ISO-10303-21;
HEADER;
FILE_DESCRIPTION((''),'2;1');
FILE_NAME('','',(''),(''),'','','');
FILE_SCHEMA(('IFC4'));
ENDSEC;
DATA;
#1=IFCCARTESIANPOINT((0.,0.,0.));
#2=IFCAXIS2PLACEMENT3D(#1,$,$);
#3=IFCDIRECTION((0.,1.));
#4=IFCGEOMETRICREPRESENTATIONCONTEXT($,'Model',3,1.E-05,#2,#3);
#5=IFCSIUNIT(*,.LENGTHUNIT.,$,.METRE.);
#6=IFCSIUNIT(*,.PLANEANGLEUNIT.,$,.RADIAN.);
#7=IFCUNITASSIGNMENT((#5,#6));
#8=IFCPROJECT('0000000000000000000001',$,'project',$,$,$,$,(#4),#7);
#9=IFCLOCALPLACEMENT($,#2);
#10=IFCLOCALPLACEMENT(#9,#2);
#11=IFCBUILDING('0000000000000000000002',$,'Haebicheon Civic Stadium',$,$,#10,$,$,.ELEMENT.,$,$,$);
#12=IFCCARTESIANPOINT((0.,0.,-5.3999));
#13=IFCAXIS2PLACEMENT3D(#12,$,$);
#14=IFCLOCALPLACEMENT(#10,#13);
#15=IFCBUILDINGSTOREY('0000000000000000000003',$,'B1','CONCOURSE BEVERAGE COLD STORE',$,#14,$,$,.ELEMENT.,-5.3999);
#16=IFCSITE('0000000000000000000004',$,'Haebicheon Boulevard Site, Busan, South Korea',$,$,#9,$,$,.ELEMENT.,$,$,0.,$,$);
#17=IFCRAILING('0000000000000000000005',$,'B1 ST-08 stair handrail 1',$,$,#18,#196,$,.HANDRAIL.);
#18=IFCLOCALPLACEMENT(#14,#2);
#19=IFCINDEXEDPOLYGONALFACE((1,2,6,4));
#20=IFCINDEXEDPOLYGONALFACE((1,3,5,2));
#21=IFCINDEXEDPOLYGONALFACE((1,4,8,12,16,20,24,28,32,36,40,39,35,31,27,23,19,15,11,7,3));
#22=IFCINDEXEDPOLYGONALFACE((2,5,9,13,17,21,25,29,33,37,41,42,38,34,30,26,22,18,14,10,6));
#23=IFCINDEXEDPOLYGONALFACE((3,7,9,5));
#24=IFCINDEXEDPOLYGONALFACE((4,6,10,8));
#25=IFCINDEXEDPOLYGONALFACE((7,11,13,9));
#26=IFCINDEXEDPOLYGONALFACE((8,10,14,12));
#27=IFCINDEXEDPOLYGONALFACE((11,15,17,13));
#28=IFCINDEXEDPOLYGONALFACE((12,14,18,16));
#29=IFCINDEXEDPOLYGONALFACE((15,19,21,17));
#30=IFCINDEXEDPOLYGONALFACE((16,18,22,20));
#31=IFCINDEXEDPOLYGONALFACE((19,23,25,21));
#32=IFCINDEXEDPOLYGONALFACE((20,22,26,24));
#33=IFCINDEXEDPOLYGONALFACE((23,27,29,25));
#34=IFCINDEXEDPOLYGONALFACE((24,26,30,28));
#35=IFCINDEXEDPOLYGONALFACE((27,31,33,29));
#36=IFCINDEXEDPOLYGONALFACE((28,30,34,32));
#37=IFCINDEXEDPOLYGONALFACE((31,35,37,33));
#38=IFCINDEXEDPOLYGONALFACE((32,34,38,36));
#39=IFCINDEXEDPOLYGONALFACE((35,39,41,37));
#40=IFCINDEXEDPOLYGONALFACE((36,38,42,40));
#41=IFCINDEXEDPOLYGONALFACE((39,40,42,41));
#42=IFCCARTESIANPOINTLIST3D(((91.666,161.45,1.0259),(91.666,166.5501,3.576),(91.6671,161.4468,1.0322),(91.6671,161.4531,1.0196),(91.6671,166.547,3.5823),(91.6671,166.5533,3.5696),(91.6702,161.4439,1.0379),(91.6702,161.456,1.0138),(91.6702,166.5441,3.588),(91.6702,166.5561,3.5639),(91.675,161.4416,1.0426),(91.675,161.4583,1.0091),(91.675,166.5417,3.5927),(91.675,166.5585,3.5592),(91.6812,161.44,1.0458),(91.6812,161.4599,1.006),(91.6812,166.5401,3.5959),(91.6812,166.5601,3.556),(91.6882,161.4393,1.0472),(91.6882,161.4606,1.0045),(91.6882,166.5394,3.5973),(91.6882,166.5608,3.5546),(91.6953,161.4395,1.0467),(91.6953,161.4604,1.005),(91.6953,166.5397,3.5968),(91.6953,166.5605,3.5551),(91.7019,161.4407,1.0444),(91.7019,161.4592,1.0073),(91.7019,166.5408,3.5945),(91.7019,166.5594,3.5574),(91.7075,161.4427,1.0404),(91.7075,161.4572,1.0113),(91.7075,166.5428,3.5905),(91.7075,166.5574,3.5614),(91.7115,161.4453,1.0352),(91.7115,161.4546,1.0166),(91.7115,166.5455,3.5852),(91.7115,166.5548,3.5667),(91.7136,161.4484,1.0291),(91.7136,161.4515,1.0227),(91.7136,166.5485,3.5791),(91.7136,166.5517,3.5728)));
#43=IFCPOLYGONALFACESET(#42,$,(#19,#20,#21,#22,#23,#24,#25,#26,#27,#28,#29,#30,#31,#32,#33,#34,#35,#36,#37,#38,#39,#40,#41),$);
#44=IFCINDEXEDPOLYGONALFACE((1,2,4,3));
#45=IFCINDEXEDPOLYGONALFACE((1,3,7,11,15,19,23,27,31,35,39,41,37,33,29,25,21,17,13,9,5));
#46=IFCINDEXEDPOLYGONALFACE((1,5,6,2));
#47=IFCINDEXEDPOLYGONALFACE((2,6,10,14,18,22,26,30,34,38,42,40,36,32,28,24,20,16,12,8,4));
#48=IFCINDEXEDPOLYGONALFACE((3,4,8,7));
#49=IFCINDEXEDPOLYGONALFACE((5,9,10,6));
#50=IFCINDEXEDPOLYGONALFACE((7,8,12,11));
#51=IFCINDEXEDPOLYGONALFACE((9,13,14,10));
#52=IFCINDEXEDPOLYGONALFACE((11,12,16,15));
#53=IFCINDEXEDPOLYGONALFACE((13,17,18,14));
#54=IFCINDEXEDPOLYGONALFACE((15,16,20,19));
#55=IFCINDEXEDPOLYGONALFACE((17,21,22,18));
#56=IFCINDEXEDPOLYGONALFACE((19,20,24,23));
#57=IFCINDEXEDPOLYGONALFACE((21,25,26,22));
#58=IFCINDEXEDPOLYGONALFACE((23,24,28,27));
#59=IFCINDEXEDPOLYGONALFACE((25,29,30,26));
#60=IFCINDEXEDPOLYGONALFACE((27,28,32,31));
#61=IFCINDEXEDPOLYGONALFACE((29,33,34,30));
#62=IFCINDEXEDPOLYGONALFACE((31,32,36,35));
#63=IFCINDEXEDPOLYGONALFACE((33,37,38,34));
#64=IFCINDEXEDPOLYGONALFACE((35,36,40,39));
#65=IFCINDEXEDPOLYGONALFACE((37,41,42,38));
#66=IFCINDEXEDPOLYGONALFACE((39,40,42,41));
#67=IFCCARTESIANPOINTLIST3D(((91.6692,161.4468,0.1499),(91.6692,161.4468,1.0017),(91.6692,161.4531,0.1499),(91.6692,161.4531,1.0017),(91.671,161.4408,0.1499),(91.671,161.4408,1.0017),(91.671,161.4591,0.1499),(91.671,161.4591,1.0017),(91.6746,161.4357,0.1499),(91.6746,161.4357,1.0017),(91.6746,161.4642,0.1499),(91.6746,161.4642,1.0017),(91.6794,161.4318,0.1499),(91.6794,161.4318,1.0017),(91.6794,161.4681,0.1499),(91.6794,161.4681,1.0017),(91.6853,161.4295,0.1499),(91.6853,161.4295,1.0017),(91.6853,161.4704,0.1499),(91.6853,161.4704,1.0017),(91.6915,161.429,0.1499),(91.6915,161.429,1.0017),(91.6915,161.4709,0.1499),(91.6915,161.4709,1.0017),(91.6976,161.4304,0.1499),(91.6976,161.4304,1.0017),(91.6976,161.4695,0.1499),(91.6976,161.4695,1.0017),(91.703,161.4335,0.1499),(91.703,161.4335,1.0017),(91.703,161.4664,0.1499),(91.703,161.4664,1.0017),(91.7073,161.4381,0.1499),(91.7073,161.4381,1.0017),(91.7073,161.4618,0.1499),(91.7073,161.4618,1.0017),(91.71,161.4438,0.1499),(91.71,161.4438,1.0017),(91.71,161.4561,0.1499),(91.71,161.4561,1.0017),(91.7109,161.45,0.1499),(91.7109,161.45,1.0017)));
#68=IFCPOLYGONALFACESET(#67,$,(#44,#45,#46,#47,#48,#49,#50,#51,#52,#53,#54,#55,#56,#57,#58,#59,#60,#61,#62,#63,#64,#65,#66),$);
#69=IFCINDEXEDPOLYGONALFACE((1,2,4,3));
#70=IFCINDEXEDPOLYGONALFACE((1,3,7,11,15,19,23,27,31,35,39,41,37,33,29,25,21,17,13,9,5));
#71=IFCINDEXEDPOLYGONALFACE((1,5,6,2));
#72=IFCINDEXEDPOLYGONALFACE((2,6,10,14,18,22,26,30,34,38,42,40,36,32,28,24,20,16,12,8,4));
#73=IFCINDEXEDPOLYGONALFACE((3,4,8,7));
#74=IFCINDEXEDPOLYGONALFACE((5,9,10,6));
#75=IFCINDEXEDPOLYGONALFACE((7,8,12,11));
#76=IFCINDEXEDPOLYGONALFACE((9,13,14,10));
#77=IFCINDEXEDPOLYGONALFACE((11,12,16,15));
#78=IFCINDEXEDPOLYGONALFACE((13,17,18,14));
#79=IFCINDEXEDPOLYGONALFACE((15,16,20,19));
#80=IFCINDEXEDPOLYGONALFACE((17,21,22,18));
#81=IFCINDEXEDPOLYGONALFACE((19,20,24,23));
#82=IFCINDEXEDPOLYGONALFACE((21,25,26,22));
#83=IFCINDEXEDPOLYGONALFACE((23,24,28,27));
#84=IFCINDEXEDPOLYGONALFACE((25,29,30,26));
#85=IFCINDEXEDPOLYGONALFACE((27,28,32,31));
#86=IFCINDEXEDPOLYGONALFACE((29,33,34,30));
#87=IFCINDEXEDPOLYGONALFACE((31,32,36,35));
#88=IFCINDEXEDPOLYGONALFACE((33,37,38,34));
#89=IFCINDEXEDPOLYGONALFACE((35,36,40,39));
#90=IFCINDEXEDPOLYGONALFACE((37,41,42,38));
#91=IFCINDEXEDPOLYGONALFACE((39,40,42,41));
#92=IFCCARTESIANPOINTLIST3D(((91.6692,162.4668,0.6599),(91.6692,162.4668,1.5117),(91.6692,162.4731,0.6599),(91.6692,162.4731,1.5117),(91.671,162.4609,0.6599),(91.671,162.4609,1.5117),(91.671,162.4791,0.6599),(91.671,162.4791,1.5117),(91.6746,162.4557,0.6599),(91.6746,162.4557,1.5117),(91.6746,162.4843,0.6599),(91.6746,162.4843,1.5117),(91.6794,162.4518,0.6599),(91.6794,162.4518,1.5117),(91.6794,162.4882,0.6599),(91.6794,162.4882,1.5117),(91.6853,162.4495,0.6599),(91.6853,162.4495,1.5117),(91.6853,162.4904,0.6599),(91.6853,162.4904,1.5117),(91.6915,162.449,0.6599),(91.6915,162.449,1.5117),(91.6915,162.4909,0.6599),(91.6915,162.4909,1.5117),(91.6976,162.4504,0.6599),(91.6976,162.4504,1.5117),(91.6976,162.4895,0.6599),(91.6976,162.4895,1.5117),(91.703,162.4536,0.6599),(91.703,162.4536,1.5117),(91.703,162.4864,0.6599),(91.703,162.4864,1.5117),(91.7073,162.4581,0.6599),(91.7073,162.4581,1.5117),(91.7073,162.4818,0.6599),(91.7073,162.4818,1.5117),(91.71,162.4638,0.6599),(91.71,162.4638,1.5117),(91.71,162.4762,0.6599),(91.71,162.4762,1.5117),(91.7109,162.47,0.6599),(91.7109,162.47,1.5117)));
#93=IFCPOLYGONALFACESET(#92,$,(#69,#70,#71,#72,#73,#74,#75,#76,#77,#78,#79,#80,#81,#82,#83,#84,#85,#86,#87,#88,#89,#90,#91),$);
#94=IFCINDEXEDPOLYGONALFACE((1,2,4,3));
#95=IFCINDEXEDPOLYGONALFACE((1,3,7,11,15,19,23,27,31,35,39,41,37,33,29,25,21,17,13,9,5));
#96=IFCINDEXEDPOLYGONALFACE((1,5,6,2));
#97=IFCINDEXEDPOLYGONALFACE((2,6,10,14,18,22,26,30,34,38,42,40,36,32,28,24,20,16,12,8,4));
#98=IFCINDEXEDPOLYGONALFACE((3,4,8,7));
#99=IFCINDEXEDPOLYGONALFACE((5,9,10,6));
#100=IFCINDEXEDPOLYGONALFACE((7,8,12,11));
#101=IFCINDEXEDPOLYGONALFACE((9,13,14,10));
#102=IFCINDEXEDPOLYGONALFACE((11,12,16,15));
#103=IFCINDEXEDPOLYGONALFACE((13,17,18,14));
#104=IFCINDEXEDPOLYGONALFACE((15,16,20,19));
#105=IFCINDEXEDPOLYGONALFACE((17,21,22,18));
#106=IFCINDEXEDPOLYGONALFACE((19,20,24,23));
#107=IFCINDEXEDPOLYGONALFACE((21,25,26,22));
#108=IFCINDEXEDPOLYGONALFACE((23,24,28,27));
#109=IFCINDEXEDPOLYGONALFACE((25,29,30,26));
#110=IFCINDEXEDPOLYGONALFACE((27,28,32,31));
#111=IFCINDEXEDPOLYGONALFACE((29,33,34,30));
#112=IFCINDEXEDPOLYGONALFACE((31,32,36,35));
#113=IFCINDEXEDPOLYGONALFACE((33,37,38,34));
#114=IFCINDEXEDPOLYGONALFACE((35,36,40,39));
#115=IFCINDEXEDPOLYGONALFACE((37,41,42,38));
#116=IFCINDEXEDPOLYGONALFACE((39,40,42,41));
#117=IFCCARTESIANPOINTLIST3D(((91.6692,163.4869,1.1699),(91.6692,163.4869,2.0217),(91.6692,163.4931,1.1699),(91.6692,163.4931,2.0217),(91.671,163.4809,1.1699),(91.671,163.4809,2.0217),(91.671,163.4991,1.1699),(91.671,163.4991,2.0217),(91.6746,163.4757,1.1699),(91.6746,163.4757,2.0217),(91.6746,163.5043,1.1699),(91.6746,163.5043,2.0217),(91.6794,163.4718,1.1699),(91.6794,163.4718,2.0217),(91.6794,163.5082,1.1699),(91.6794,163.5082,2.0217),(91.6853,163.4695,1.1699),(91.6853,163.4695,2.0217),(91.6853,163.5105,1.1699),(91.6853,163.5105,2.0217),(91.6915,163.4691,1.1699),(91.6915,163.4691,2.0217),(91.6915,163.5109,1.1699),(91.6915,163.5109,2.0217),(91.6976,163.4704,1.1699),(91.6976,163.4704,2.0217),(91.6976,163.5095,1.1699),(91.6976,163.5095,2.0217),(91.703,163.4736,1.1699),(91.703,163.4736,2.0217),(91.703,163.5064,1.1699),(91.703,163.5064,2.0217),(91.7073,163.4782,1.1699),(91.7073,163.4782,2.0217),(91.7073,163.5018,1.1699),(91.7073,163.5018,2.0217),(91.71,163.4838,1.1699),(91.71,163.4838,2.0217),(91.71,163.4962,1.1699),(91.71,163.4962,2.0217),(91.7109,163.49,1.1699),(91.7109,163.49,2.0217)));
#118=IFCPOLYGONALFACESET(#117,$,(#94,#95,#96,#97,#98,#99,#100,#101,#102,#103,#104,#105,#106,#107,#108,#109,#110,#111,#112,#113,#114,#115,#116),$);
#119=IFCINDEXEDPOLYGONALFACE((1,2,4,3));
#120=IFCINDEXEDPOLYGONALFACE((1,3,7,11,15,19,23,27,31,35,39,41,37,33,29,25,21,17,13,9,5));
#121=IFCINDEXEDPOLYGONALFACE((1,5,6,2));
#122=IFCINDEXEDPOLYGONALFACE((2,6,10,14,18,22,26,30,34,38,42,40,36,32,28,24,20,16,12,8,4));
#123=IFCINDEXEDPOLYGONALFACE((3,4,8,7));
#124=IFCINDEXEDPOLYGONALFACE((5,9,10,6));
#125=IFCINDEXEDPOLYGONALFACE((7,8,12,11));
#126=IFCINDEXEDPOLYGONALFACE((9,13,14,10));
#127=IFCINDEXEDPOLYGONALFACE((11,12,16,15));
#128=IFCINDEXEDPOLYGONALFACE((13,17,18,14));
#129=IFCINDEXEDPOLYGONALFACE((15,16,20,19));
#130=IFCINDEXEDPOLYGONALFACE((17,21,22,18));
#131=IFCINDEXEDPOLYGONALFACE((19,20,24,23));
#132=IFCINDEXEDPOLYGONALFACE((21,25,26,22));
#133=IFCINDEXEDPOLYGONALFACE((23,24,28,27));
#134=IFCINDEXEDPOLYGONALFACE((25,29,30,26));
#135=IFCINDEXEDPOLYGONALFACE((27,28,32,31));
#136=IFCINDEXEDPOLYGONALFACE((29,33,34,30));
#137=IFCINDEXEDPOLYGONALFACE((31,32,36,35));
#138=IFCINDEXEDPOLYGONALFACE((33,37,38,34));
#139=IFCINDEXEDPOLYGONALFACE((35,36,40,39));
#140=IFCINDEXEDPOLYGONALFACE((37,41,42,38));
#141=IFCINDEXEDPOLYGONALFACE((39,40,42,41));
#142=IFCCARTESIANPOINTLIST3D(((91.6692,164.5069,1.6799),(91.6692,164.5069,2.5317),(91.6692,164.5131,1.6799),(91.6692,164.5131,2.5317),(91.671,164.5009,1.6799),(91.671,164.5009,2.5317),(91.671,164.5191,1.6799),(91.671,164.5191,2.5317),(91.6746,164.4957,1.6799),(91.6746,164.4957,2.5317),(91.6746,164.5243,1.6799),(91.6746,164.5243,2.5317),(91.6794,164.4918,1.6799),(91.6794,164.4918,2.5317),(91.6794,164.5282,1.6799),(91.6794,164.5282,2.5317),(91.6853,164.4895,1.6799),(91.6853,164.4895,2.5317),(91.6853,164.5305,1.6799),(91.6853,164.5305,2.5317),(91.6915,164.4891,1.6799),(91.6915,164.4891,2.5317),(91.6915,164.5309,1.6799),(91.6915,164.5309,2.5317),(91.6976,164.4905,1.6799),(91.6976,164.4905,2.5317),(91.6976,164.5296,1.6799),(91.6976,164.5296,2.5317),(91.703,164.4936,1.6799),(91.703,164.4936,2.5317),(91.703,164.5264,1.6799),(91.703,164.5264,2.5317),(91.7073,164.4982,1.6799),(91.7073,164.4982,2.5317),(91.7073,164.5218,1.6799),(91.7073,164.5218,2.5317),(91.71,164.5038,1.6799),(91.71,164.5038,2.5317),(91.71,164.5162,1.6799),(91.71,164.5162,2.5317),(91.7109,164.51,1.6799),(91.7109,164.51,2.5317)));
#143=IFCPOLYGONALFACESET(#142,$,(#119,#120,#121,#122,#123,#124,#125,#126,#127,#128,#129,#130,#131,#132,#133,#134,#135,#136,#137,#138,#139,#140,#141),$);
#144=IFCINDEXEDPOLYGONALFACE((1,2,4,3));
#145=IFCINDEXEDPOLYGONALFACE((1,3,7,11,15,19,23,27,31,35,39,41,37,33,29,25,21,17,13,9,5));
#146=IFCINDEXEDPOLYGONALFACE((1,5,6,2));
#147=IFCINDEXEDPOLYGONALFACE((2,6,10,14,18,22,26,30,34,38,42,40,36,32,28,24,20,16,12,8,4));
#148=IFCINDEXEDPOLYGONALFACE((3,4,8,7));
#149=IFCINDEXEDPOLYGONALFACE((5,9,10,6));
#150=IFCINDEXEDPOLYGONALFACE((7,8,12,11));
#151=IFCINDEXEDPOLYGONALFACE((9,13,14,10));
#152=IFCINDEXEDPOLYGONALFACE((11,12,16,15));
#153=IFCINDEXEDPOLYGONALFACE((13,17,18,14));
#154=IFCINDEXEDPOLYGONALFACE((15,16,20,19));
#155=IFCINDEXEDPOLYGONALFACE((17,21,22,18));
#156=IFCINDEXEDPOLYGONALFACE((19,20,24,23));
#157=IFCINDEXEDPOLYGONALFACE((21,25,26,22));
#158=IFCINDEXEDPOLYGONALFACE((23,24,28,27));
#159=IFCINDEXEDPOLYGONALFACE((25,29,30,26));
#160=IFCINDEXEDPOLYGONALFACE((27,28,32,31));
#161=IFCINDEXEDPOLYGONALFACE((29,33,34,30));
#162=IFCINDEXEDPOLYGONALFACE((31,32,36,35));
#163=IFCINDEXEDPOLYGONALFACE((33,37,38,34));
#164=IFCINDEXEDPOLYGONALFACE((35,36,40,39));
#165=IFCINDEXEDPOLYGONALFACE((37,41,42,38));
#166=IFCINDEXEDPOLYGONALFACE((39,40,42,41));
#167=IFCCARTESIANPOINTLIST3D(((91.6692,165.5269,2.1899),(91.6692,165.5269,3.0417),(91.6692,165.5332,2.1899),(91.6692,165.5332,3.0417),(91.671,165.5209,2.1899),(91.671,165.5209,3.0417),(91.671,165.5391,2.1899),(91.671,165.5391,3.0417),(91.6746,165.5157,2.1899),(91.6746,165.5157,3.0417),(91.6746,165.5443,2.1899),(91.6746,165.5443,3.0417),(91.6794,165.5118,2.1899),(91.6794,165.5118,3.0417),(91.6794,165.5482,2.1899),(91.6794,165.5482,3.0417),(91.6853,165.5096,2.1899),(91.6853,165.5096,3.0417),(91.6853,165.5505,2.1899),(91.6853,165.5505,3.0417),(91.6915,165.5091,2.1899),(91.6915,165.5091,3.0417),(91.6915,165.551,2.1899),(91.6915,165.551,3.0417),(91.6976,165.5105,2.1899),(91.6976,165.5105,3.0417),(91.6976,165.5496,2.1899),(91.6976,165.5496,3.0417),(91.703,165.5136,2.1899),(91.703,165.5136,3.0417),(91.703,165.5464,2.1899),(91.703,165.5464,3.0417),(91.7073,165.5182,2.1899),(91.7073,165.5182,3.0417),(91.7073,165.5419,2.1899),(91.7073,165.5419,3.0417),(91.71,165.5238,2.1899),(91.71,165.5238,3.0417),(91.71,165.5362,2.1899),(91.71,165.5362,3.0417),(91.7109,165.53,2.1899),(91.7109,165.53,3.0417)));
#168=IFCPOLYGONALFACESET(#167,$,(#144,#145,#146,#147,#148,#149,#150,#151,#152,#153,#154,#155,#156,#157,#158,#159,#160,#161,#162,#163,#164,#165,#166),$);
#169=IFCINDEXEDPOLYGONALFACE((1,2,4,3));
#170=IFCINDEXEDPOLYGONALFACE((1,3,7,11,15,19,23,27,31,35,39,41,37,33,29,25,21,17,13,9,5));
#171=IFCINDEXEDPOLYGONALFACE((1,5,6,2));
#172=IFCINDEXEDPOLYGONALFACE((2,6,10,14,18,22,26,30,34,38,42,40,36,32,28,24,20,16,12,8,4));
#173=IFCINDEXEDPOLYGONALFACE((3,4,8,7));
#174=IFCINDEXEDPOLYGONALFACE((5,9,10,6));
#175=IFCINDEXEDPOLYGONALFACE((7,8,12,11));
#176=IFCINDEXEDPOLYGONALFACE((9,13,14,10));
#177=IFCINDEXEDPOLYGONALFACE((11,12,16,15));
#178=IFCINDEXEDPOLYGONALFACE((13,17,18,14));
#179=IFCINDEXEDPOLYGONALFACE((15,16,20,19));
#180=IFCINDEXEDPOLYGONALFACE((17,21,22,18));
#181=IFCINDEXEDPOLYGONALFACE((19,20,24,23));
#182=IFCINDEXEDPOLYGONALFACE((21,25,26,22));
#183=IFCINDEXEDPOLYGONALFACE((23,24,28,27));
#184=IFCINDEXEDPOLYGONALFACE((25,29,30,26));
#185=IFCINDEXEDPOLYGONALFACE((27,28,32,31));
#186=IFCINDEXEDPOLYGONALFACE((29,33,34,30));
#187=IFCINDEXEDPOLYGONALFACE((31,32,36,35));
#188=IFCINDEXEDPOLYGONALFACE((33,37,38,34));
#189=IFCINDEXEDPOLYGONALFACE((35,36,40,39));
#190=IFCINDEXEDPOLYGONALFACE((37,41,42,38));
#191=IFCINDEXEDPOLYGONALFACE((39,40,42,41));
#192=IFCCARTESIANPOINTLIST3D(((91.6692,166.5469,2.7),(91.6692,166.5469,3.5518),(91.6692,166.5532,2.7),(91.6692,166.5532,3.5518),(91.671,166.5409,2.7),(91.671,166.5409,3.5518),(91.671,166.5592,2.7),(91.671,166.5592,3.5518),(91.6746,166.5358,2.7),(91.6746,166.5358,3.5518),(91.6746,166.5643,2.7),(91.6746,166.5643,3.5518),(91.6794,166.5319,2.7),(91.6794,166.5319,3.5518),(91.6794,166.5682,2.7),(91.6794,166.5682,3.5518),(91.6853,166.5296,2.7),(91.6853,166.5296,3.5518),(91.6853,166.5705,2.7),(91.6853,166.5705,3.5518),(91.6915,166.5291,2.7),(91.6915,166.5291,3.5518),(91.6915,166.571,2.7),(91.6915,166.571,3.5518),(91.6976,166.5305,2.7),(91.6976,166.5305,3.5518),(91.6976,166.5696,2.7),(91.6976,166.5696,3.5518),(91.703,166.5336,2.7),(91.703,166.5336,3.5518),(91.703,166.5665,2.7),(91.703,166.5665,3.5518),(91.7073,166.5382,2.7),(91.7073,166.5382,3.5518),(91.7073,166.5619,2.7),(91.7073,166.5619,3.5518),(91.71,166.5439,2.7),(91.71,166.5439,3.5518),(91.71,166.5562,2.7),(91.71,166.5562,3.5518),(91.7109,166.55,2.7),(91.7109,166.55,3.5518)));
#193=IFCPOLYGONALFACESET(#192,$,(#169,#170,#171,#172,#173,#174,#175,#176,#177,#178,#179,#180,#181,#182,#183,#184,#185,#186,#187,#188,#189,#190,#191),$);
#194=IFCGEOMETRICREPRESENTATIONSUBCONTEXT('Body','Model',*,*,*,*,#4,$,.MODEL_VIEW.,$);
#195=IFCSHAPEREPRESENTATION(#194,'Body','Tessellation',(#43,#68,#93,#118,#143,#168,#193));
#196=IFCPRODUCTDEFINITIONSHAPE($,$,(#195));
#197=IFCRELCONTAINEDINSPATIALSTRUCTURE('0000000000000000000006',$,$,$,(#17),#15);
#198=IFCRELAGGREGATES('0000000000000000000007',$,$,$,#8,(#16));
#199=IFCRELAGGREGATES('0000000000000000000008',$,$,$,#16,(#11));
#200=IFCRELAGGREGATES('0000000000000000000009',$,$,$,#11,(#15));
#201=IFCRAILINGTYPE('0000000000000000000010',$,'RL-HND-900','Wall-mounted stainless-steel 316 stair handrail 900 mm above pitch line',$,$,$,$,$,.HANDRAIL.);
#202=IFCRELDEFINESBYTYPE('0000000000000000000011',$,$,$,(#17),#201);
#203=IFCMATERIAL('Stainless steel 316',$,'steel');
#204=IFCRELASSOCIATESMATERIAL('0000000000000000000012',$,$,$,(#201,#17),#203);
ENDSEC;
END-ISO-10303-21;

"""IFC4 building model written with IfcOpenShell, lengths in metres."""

from ifc_helpers import new_model, si_unit, direction, frame, origin, origin_2d, place, context, subcontext, project, spatial, circle, extrude, material, type_object, element, save


model = new_model("IFC4")

# Units and contexts
model_context = context("Model", 3, precision=1e-05, world=origin(), true_north=direction((0.0, 1.0)))
body_context = subcontext(model_context, "Body", "Model", "MODEL_VIEW")
ifc_project = project(units=[si_unit("LENGTHUNIT", "METRE"), si_unit("PLANEANGLEUNIT", "RADIAN")], contexts=[model_context])

# Site, building, storey
site_placement = place(None, origin())
site = spatial("IfcSite", under=ifc_project, at=site_placement, Name="Haebicheon Boulevard Site, Busan, South Korea", CompositionType="ELEMENT", RefElevation=0.0)
building_placement = place(site_placement, origin())
building = spatial("IfcBuilding", under=site, at=building_placement, Name="Haebicheon Civic Stadium", CompositionType="ELEMENT")
storey_placement = place(building_placement, frame((0.0, 0.0, -5.3999)))
storey = spatial("IfcBuildingStorey", under=building, at=storey_placement, Name="B1", Description="CONCOURSE BEVERAGE COLD STORE", CompositionType="ELEMENT", Elevation=-5.3999)

# Railing
ifc_material_1 = material(Name="Stainless steel 316", Category="steel")
railing_type_1 = type_object("IfcRailingType", Name="RL-HND-900", Description="Wall-mounted stainless-steel 316 stair handrail 900 mm above pitch line", PredefinedType="HANDRAIL", material=ifc_material_1)
railing_1_placement = place(storey_placement, frame((91.6899, 161.45, 0.1499)))
element("IfcRailing", 1, at=railing_1_placement, inside=storey, type_object=railing_type_1, material=ifc_material_1, Name="B1 ST-08 stair handrail 1", PredefinedType="HANDRAIL", context=body_context, shape_type="SweptSolid", body=[
    extrude(circle(Radius=0.0239, at=origin_2d()), frame((0.0, 0.0, 0.876), z_axis=(0.0, 0.894427, 0.447214), x_axis=(-1.0, 0.0, 0.0)), (0.0, 0.0, 1.0), 5.7021),
    extrude(circle(Radius=0.021, at=origin_2d()), origin(), (0.0, 0.0, 1.0), 0.8518),
    extrude(circle(Radius=0.021, at=origin_2d()), frame((0.0, 1.02, 0.51)), (0.0, 0.0, 1.0), 0.8518),
    extrude(circle(Radius=0.021, at=origin_2d()), frame((0.0, 2.04, 1.02)), (0.0, 0.0, 1.0), 0.8518),
    extrude(circle(Radius=0.021, at=origin_2d()), frame((0.0, 3.0601, 1.53)), (0.0, 0.0, 1.0), 0.8518),
    extrude(circle(Radius=0.021, at=origin_2d()), frame((0.0, 4.0801, 2.04)), (0.0, 0.0, 1.0), 0.8518),
    extrude(circle(Radius=0.021, at=origin_2d()), frame((0.0, 5.1001, 2.55)), (0.0, 0.0, 1.0), 0.8518),
])

save(model, "model.ifc")
